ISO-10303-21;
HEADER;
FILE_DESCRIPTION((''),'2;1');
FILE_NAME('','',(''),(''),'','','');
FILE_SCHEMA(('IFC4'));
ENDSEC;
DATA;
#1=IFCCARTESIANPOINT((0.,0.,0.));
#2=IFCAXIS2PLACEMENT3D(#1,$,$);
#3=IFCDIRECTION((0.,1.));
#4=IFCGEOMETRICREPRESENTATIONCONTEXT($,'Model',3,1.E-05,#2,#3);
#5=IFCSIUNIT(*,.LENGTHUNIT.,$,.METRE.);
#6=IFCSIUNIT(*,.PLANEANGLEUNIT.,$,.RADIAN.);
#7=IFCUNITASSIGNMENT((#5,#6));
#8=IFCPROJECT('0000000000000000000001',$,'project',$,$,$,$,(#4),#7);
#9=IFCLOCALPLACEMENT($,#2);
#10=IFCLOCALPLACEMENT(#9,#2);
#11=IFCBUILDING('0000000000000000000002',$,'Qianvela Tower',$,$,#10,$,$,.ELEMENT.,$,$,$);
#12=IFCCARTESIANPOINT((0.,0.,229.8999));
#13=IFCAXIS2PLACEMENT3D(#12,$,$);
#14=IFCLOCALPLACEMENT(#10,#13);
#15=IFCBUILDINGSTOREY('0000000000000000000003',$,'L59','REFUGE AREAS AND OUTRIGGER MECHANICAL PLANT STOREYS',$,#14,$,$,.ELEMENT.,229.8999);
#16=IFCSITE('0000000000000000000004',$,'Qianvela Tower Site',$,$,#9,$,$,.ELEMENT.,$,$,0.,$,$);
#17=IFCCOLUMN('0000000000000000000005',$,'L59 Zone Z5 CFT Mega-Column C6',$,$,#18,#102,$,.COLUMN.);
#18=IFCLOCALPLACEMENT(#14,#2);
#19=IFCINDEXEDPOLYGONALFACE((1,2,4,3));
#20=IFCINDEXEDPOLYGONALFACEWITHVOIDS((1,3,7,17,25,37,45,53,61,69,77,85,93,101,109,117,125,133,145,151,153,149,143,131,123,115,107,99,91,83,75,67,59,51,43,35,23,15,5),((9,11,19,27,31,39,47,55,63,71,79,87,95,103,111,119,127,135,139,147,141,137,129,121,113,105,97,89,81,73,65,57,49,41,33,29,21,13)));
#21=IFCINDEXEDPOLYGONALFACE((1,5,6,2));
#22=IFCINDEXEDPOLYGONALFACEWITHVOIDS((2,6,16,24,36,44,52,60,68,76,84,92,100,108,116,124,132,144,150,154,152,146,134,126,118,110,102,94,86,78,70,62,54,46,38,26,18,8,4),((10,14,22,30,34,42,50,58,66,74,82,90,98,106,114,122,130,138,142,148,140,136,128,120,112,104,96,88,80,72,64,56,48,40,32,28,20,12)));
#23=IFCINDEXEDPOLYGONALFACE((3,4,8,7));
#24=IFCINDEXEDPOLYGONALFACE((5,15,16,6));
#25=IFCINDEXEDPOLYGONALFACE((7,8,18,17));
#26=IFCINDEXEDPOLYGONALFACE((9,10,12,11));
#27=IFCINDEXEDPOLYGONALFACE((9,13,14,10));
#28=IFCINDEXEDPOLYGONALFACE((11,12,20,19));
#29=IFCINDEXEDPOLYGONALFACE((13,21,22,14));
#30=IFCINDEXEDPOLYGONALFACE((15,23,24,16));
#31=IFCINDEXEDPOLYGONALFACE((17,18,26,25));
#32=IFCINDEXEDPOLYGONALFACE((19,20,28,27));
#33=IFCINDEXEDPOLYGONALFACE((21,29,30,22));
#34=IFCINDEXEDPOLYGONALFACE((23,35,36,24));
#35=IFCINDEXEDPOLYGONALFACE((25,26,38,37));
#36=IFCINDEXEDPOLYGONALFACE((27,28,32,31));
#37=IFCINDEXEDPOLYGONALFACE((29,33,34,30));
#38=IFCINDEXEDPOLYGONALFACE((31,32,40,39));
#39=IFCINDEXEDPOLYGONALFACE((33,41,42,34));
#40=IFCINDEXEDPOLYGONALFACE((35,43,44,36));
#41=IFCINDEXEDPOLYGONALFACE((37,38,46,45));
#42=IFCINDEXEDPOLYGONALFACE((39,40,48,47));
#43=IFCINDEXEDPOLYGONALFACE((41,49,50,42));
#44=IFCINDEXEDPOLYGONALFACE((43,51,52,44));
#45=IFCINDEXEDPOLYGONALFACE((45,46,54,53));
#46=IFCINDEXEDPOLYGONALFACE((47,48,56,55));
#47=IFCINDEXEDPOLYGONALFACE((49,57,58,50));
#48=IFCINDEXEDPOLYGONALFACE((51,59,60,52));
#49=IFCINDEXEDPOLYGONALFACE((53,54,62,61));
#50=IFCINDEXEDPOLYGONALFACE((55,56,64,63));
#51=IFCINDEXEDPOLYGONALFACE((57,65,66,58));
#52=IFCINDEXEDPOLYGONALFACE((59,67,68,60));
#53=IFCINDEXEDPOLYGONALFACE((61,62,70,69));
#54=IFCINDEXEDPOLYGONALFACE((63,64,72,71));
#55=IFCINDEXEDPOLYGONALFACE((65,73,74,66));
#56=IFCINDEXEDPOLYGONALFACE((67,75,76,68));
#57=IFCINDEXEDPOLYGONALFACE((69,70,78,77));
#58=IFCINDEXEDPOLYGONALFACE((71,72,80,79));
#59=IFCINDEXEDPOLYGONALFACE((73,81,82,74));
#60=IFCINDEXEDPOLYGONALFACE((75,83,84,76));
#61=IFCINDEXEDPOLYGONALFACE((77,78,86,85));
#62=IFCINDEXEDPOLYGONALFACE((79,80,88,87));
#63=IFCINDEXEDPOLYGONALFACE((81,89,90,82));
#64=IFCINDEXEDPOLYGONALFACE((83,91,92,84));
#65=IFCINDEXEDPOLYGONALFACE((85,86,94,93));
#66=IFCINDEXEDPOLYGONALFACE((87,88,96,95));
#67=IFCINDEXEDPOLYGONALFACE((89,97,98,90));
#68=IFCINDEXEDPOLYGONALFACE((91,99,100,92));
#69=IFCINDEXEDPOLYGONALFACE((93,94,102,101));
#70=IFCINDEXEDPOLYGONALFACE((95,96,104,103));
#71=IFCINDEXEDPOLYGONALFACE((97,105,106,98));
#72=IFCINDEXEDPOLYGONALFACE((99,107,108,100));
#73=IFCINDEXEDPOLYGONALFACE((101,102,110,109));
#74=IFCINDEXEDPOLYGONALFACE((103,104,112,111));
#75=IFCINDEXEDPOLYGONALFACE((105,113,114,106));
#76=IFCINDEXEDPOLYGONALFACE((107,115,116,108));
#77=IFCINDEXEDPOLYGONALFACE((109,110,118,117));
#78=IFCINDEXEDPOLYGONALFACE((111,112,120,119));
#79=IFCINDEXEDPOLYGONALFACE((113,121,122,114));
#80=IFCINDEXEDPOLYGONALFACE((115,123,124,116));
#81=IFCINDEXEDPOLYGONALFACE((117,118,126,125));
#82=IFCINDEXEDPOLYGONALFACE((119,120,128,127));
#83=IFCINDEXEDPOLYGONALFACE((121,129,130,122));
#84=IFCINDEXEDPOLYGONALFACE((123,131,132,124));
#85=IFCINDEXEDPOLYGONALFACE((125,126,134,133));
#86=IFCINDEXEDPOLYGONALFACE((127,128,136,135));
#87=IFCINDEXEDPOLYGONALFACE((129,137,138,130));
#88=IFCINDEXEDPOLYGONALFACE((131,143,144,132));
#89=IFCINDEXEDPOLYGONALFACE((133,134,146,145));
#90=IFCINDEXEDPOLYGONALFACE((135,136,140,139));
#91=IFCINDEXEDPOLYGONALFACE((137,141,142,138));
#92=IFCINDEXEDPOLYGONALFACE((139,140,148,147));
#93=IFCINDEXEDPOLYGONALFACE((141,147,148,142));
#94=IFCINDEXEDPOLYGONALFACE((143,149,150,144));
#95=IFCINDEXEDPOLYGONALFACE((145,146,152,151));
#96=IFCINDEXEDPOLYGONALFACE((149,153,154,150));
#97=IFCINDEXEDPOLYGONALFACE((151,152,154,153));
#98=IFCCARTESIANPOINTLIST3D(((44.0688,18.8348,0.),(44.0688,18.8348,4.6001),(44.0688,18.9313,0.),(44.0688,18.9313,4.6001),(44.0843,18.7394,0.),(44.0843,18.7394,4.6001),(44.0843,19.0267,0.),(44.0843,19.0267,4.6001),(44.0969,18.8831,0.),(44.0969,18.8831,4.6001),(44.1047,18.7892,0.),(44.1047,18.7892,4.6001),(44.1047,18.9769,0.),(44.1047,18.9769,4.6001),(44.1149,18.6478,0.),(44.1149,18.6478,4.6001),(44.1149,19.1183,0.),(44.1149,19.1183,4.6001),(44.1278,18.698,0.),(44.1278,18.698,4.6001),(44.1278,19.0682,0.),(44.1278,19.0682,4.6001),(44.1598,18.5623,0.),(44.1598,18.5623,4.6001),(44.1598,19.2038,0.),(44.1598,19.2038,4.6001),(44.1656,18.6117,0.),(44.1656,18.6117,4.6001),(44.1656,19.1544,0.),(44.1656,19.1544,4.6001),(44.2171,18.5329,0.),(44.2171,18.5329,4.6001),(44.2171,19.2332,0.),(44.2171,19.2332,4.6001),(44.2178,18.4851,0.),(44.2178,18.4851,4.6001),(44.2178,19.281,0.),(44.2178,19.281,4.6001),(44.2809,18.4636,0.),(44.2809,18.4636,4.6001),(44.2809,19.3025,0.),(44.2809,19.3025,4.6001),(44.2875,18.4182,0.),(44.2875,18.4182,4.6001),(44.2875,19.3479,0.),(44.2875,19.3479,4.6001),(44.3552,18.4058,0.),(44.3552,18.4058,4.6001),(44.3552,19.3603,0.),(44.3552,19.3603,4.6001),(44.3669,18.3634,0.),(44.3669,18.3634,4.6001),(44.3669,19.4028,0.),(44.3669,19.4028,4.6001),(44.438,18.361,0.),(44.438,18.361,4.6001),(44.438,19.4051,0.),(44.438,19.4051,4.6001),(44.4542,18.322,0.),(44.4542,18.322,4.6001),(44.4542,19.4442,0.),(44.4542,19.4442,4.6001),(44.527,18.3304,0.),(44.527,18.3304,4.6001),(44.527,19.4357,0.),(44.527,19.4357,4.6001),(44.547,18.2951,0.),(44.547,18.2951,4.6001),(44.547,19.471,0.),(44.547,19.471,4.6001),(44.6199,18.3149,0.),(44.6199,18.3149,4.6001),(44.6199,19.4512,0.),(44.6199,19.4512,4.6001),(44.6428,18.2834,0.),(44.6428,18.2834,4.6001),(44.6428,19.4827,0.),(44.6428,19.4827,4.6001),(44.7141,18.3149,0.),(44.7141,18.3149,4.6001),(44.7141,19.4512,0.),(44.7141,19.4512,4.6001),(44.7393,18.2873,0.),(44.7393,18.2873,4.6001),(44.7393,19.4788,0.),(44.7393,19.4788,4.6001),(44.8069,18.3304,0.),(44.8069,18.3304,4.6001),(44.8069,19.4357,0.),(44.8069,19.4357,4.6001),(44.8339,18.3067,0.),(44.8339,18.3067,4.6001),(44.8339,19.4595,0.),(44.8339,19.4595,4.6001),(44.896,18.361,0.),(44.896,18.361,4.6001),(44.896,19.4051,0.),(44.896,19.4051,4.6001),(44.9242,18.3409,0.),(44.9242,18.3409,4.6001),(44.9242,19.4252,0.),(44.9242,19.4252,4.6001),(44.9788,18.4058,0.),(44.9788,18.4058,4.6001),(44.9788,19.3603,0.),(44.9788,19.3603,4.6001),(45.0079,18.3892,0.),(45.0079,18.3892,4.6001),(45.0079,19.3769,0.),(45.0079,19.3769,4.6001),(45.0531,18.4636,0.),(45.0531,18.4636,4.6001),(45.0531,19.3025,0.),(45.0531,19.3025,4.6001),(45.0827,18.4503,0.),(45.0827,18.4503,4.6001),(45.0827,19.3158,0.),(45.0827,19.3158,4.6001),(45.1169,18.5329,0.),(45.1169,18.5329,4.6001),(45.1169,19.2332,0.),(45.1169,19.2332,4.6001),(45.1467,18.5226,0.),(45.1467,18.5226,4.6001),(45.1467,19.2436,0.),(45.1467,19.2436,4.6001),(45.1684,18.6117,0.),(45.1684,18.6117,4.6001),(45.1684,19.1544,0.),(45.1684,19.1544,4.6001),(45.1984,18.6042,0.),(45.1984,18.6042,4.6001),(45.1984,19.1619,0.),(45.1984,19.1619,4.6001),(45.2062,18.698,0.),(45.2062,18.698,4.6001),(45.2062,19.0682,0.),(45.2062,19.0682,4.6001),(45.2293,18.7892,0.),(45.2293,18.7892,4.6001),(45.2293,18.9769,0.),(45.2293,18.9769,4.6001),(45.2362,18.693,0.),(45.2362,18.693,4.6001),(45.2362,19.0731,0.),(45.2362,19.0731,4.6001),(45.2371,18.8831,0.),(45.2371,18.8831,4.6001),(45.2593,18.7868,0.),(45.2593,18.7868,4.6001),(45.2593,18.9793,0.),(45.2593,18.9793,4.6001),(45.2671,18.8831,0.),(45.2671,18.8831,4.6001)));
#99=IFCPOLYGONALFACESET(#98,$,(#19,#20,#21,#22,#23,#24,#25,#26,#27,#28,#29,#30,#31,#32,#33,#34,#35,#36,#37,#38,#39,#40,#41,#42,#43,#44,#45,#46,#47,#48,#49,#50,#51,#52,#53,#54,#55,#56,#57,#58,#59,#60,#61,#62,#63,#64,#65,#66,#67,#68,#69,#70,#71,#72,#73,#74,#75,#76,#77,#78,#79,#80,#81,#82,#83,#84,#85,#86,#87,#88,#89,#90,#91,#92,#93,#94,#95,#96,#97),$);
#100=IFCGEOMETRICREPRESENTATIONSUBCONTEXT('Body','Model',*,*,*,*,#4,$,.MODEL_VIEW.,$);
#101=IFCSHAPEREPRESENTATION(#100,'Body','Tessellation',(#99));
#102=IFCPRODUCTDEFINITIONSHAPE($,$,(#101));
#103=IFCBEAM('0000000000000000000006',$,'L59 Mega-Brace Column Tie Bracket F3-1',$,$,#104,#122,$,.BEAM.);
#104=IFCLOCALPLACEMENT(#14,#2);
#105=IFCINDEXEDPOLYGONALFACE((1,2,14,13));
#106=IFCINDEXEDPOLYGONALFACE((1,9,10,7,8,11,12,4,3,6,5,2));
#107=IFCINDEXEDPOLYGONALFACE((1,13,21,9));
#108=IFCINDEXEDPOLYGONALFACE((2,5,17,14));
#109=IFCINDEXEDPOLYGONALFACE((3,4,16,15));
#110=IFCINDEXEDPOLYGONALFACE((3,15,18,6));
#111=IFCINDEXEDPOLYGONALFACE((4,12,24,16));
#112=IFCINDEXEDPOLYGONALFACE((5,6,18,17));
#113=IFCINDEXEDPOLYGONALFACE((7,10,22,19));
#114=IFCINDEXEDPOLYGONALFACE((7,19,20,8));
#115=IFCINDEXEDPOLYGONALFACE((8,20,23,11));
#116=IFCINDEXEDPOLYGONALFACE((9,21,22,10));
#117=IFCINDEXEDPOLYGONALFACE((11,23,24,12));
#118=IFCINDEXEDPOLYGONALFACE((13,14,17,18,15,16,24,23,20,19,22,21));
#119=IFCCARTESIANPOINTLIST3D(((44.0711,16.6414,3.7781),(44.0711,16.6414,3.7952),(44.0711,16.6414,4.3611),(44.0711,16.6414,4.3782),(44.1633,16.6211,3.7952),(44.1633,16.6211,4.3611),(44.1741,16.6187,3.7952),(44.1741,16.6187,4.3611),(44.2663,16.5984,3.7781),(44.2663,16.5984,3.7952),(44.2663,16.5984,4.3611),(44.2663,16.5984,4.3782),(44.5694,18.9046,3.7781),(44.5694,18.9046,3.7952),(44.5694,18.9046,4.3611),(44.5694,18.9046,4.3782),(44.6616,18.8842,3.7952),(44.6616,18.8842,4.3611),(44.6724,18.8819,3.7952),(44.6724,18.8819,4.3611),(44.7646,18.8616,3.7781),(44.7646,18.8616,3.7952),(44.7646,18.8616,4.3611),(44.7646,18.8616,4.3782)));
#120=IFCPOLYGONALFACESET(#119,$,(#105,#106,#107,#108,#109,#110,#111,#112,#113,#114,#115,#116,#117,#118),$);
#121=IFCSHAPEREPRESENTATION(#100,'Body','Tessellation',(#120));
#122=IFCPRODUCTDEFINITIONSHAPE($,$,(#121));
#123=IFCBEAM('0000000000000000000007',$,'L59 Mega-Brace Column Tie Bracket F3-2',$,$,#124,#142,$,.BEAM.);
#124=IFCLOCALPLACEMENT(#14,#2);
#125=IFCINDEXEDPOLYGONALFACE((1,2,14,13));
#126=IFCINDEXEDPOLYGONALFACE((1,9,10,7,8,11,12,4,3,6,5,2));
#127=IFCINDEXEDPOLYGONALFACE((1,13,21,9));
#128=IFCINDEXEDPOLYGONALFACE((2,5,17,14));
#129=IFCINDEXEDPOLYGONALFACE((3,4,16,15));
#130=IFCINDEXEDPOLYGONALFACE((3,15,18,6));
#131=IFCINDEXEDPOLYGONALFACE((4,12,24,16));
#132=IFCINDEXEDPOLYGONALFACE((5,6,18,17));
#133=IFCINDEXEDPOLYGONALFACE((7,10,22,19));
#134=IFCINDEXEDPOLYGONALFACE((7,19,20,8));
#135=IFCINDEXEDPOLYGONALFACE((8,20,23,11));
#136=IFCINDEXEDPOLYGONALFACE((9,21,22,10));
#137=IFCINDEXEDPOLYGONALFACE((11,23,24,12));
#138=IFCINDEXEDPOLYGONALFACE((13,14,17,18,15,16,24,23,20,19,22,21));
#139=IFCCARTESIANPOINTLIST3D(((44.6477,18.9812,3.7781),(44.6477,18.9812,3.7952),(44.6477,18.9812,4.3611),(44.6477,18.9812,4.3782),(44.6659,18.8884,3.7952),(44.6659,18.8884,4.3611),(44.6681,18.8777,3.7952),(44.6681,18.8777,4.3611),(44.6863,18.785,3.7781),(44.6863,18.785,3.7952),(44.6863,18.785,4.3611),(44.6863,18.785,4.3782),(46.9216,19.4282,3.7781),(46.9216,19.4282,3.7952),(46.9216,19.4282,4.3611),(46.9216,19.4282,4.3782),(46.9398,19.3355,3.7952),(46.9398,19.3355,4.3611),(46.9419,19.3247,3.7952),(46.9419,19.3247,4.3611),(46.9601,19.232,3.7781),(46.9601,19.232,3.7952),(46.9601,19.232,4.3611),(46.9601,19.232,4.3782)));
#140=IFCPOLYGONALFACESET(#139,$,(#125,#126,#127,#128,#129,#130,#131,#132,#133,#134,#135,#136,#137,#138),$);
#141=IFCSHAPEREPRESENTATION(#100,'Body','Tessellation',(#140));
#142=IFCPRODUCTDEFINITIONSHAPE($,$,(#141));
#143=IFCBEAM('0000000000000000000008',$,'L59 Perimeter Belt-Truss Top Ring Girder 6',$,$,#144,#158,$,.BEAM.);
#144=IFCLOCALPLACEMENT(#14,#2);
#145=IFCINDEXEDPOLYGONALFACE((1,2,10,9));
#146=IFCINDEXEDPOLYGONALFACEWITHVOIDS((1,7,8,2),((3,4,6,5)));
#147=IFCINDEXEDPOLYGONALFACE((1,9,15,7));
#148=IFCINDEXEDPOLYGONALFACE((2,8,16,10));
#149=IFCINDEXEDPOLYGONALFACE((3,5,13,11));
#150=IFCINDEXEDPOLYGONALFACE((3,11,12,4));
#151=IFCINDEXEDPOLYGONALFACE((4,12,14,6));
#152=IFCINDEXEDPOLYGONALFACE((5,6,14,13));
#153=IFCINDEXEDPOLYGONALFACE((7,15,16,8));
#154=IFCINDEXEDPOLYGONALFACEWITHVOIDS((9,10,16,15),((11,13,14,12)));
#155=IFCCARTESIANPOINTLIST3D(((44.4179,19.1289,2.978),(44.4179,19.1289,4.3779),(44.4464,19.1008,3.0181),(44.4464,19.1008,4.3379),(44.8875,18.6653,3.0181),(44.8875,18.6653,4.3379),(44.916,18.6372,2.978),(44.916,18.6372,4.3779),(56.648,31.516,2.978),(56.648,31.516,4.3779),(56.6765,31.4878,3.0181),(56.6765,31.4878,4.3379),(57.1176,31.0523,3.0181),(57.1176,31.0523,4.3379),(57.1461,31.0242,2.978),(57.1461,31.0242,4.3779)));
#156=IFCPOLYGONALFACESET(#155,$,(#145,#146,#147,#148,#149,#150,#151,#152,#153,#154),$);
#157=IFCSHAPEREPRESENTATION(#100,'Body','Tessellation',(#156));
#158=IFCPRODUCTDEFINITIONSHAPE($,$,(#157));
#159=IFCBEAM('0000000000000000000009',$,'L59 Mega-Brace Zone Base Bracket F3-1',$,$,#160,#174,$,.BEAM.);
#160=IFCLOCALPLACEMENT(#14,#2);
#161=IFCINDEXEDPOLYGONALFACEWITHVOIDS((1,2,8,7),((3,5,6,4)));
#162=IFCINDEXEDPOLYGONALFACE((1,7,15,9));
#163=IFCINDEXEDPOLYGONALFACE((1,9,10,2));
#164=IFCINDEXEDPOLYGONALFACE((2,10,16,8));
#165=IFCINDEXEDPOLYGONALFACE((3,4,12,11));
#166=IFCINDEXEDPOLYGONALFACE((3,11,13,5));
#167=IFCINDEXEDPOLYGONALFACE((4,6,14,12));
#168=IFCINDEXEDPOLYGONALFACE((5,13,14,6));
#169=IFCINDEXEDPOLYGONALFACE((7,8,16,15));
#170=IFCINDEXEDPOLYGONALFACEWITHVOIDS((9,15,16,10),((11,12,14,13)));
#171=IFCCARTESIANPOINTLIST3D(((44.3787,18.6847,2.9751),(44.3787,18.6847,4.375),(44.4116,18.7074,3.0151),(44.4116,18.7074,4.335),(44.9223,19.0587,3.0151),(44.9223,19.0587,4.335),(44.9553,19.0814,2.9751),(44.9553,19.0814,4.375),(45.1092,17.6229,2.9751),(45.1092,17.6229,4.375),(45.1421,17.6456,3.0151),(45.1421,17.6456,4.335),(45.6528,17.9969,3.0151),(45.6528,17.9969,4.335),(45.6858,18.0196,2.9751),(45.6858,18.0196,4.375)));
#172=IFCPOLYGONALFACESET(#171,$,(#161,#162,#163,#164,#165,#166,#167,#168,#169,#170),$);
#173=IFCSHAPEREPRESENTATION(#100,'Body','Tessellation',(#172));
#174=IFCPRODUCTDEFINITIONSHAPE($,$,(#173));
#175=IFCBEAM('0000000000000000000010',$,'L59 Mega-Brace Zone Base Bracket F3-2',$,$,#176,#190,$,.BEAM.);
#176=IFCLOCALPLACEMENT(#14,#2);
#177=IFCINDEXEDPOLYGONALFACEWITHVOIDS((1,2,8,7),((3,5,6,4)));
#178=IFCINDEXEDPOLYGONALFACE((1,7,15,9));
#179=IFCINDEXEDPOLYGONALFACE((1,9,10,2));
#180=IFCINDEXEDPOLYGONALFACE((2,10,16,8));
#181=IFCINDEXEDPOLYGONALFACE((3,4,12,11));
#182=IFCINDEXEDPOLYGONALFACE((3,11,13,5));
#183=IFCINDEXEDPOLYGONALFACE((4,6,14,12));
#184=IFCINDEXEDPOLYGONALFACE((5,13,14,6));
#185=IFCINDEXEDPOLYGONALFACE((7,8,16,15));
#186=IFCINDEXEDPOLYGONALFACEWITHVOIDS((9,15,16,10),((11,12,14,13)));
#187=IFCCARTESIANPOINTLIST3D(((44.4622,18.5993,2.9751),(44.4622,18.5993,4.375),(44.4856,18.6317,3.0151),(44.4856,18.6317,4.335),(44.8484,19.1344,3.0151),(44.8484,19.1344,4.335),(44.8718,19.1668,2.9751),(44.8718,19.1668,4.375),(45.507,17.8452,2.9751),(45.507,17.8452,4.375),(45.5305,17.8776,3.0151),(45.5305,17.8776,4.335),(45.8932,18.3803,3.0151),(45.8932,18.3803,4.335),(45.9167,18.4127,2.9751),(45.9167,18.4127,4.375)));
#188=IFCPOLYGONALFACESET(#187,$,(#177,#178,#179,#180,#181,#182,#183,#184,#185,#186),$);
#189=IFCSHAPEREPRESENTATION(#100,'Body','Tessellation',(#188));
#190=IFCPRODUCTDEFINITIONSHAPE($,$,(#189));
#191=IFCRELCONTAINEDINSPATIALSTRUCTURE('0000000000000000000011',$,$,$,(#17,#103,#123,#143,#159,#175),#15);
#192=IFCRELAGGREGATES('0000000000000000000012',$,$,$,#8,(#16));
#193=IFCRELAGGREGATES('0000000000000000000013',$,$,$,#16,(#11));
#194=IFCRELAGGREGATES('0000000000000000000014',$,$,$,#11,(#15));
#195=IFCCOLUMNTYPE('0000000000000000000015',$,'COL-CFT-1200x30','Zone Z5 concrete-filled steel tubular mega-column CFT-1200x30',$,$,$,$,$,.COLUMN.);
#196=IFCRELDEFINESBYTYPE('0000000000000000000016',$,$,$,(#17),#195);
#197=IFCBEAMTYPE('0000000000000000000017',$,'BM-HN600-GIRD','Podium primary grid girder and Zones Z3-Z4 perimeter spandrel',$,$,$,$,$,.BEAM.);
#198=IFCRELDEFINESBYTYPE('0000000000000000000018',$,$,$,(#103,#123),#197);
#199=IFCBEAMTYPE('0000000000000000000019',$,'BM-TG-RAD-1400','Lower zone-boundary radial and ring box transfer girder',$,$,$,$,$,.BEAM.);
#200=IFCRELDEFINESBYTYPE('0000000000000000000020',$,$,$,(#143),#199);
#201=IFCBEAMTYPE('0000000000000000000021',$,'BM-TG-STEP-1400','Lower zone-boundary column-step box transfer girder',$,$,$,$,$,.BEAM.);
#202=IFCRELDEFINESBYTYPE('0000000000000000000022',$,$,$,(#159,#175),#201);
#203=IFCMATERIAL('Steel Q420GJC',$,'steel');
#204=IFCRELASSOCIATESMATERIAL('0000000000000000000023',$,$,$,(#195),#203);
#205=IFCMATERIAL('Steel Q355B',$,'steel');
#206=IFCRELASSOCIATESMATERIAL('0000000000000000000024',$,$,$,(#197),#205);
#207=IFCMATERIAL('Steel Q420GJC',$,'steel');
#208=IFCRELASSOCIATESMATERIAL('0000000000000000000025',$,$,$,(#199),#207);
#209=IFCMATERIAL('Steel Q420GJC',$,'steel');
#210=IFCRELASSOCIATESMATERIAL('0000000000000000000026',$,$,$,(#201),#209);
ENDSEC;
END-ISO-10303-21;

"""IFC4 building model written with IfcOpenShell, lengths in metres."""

from ifc_helpers import new_model, si_unit, direction, frame, origin, origin_2d, place, context, subcontext, project, spatial, hollow_rectangle, hollow_circle, i_section, extrude, material, material_profile, profile_set, type_object, element, save


model = new_model("IFC4")

# Units and contexts
model_context = context("Model", 3, precision=1e-05, world=origin(), true_north=direction((0.0, 1.0)))
body_context = subcontext(model_context, "Body", "Model", "MODEL_VIEW")
ifc_project = project(units=[si_unit("LENGTHUNIT", "METRE"), si_unit("PLANEANGLEUNIT", "RADIAN")], contexts=[model_context])

# Site, building, storey
site_placement = place(None, origin())
site = spatial("IfcSite", under=ifc_project, at=site_placement, Name="Qianvela Tower Site", CompositionType="ELEMENT", RefElevation=0.0)
building_placement = place(site_placement, origin())
building = spatial("IfcBuilding", under=site, at=building_placement, Name="Qianvela Tower", CompositionType="ELEMENT")
storey_placement = place(building_placement, frame((0.0, 0.0, 229.8999)))
storey = spatial("IfcBuildingStorey", under=building, at=storey_placement, Name="L59", Description="REFUGE AREAS AND OUTRIGGER MECHANICAL PLANT STOREYS", CompositionType="ELEMENT", Elevation=229.8999)

# Column
ifc_material_1 = material(Name="Steel Q420GJC", Category="steel")
ifc_material_profile_1 = material_profile(ifc_material_1, hollow_circle(Radius=0.6001, WallThickness=0.03, at=origin_2d()), Name="CFT-1200x30")
ifc_profile_set_1 = profile_set([ifc_material_profile_1], Name="Steel Q420GJC")
column_type = type_object("IfcColumnType", Name="COL-CFT-1200x30", Description="Zone Z5 concrete-filled steel tubular mega-column CFT-1200x30", PredefinedType="COLUMN", material=ifc_profile_set_1)
column_placement = place(storey_placement, frame((44.667, 18.8831, 0.0), z_axis=(0.0, 0.0, 1.0), x_axis=(1.0, 0.0, 0.0)))
element("IfcColumn", 1, at=column_placement, inside=storey, type_object=column_type, Name="L59 Zone Z5 CFT Mega-Column C6", PredefinedType="COLUMN", context=body_context, shape_type="SweptSolid", body=[
    extrude(hollow_circle(Radius=0.6001, WallThickness=0.03, at=origin_2d()), origin(), (0.0, 0.0, 1.0), 4.6001),
])

# Beams
ifc_material_2 = material(Name="Steel Q355B", Category="steel")
ifc_material_profile_2 = material_profile(ifc_material_2, i_section(OverallWidth=0.2, OverallDepth=0.6001, WebThickness=0.011, FlangeThickness=0.0171, at=origin_2d()), Name="HN600x200x11x17")
ifc_profile_set_2 = profile_set([ifc_material_profile_2], Name="Steel Q355B")
beam_type_1 = type_object("IfcBeamType", Name="BM-HN600-GIRD", Description="Podium primary grid girder and Zones Z3-Z4 perimeter spandrel", PredefinedType="BEAM", material=ifc_profile_set_2)
for number, where, z_axis, x_axis, name in (
    (2, (44.667, 18.8831, 4.0781), (-0.215023, -0.976609, 0.0), (0.976609, -0.215023, 0.0), "L59 Mega-Brace Column Tie Bracket F3-1"),
    (3, (44.667, 18.8831, 4.0781), (0.98122, 0.192894, 0.0), (-0.192894, 0.98122, 0.0), "L59 Mega-Brace Column Tie Bracket F3-2"),
):
    element("IfcBeam", number, at=place(storey_placement, frame(where, z_axis=z_axis, x_axis=x_axis)), inside=storey, type_object=beam_type_1, Name=name, PredefinedType="BEAM", context=body_context, shape_type="SweptSolid", body=[
        extrude(i_section(OverallWidth=0.2, OverallDepth=0.6001, WebThickness=0.011, FlangeThickness=0.0171, at=origin_2d()), origin(), (0.0, 0.0, 1.0), 2.3174),
    ])
ifc_material_3 = material(Name="Steel Q420GJC", Category="steel")
ifc_material_profile_3 = material_profile(ifc_material_3, hollow_rectangle(XDim=0.7, YDim=1.3999, WallThickness=0.04, at=origin_2d()), Name="TG-BOX-1400x700x40")
ifc_profile_set_3 = profile_set([ifc_material_profile_3], Name="Steel Q420GJC")
beam_type_2 = type_object("IfcBeamType", Name="BM-TG-RAD-1400", Description="Lower zone-boundary radial and ring box transfer girder", PredefinedType="BEAM", material=ifc_profile_set_3)
beam_1_placement = place(storey_placement, frame((44.667, 18.8831, 3.678), z_axis=(0.702583, 0.711602, 0.0), x_axis=(-0.711602, 0.702583, 0.0)))
element("IfcBeam", 4, at=beam_1_placement, inside=storey, type_object=beam_type_2, Name="L59 Perimeter Belt-Truss Top Ring Girder 6", PredefinedType="BEAM", context=body_context, shape_type="SweptSolid", body=[
    extrude(hollow_rectangle(XDim=0.7, YDim=1.3999, WallThickness=0.04, at=origin_2d()), origin(), (0.0, 0.0, 1.0), 17.4072),
])
ifc_material_4 = material(Name="Steel Q420GJC", Category="steel")
ifc_material_profile_4 = material_profile(ifc_material_4, hollow_rectangle(XDim=0.7, YDim=1.3999, WallThickness=0.04, at=origin_2d()), Name="TG-BOX-1400x700x40")
ifc_profile_set_4 = profile_set([ifc_material_profile_4], Name="Steel Q420GJC")
beam_type_3 = type_object("IfcBeamType", Name="BM-TG-STEP-1400", Description="Lower zone-boundary column-step box transfer girder", PredefinedType="BEAM", material=ifc_profile_set_4)
beam_2_placement = place(storey_placement, frame((44.667, 18.8831, 3.675), z_axis=(0.566794, -0.823859, 0.0), x_axis=(0.823859, 0.566794, 0.0)))
element("IfcBeam", 5, at=beam_2_placement, inside=storey, type_object=beam_type_3, Name="L59 Mega-Brace Zone Base Bracket F3-1", PredefinedType="BEAM", context=body_context, shape_type="SweptSolid", body=[
    extrude(hollow_rectangle(XDim=0.7, YDim=1.3999, WallThickness=0.04, at=origin_2d()), origin(), (0.0, 0.0, 1.0), 1.2888),
])
beam_3_placement = place(storey_placement, frame((44.667, 18.8831, 3.675), z_axis=(0.810869, -0.585228, 0.0), x_axis=(0.585228, 0.810869, 0.0)))
element("IfcBeam", 6, at=beam_3_placement, inside=storey, type_object=beam_type_3, Name="L59 Mega-Brace Zone Base Bracket F3-2", PredefinedType="BEAM", context=body_context, shape_type="SweptSolid", body=[
    extrude(hollow_rectangle(XDim=0.7, YDim=1.3999, WallThickness=0.04, at=origin_2d()), origin(), (0.0, 0.0, 1.0), 1.2886),
])

save(model, "model.ifc")
